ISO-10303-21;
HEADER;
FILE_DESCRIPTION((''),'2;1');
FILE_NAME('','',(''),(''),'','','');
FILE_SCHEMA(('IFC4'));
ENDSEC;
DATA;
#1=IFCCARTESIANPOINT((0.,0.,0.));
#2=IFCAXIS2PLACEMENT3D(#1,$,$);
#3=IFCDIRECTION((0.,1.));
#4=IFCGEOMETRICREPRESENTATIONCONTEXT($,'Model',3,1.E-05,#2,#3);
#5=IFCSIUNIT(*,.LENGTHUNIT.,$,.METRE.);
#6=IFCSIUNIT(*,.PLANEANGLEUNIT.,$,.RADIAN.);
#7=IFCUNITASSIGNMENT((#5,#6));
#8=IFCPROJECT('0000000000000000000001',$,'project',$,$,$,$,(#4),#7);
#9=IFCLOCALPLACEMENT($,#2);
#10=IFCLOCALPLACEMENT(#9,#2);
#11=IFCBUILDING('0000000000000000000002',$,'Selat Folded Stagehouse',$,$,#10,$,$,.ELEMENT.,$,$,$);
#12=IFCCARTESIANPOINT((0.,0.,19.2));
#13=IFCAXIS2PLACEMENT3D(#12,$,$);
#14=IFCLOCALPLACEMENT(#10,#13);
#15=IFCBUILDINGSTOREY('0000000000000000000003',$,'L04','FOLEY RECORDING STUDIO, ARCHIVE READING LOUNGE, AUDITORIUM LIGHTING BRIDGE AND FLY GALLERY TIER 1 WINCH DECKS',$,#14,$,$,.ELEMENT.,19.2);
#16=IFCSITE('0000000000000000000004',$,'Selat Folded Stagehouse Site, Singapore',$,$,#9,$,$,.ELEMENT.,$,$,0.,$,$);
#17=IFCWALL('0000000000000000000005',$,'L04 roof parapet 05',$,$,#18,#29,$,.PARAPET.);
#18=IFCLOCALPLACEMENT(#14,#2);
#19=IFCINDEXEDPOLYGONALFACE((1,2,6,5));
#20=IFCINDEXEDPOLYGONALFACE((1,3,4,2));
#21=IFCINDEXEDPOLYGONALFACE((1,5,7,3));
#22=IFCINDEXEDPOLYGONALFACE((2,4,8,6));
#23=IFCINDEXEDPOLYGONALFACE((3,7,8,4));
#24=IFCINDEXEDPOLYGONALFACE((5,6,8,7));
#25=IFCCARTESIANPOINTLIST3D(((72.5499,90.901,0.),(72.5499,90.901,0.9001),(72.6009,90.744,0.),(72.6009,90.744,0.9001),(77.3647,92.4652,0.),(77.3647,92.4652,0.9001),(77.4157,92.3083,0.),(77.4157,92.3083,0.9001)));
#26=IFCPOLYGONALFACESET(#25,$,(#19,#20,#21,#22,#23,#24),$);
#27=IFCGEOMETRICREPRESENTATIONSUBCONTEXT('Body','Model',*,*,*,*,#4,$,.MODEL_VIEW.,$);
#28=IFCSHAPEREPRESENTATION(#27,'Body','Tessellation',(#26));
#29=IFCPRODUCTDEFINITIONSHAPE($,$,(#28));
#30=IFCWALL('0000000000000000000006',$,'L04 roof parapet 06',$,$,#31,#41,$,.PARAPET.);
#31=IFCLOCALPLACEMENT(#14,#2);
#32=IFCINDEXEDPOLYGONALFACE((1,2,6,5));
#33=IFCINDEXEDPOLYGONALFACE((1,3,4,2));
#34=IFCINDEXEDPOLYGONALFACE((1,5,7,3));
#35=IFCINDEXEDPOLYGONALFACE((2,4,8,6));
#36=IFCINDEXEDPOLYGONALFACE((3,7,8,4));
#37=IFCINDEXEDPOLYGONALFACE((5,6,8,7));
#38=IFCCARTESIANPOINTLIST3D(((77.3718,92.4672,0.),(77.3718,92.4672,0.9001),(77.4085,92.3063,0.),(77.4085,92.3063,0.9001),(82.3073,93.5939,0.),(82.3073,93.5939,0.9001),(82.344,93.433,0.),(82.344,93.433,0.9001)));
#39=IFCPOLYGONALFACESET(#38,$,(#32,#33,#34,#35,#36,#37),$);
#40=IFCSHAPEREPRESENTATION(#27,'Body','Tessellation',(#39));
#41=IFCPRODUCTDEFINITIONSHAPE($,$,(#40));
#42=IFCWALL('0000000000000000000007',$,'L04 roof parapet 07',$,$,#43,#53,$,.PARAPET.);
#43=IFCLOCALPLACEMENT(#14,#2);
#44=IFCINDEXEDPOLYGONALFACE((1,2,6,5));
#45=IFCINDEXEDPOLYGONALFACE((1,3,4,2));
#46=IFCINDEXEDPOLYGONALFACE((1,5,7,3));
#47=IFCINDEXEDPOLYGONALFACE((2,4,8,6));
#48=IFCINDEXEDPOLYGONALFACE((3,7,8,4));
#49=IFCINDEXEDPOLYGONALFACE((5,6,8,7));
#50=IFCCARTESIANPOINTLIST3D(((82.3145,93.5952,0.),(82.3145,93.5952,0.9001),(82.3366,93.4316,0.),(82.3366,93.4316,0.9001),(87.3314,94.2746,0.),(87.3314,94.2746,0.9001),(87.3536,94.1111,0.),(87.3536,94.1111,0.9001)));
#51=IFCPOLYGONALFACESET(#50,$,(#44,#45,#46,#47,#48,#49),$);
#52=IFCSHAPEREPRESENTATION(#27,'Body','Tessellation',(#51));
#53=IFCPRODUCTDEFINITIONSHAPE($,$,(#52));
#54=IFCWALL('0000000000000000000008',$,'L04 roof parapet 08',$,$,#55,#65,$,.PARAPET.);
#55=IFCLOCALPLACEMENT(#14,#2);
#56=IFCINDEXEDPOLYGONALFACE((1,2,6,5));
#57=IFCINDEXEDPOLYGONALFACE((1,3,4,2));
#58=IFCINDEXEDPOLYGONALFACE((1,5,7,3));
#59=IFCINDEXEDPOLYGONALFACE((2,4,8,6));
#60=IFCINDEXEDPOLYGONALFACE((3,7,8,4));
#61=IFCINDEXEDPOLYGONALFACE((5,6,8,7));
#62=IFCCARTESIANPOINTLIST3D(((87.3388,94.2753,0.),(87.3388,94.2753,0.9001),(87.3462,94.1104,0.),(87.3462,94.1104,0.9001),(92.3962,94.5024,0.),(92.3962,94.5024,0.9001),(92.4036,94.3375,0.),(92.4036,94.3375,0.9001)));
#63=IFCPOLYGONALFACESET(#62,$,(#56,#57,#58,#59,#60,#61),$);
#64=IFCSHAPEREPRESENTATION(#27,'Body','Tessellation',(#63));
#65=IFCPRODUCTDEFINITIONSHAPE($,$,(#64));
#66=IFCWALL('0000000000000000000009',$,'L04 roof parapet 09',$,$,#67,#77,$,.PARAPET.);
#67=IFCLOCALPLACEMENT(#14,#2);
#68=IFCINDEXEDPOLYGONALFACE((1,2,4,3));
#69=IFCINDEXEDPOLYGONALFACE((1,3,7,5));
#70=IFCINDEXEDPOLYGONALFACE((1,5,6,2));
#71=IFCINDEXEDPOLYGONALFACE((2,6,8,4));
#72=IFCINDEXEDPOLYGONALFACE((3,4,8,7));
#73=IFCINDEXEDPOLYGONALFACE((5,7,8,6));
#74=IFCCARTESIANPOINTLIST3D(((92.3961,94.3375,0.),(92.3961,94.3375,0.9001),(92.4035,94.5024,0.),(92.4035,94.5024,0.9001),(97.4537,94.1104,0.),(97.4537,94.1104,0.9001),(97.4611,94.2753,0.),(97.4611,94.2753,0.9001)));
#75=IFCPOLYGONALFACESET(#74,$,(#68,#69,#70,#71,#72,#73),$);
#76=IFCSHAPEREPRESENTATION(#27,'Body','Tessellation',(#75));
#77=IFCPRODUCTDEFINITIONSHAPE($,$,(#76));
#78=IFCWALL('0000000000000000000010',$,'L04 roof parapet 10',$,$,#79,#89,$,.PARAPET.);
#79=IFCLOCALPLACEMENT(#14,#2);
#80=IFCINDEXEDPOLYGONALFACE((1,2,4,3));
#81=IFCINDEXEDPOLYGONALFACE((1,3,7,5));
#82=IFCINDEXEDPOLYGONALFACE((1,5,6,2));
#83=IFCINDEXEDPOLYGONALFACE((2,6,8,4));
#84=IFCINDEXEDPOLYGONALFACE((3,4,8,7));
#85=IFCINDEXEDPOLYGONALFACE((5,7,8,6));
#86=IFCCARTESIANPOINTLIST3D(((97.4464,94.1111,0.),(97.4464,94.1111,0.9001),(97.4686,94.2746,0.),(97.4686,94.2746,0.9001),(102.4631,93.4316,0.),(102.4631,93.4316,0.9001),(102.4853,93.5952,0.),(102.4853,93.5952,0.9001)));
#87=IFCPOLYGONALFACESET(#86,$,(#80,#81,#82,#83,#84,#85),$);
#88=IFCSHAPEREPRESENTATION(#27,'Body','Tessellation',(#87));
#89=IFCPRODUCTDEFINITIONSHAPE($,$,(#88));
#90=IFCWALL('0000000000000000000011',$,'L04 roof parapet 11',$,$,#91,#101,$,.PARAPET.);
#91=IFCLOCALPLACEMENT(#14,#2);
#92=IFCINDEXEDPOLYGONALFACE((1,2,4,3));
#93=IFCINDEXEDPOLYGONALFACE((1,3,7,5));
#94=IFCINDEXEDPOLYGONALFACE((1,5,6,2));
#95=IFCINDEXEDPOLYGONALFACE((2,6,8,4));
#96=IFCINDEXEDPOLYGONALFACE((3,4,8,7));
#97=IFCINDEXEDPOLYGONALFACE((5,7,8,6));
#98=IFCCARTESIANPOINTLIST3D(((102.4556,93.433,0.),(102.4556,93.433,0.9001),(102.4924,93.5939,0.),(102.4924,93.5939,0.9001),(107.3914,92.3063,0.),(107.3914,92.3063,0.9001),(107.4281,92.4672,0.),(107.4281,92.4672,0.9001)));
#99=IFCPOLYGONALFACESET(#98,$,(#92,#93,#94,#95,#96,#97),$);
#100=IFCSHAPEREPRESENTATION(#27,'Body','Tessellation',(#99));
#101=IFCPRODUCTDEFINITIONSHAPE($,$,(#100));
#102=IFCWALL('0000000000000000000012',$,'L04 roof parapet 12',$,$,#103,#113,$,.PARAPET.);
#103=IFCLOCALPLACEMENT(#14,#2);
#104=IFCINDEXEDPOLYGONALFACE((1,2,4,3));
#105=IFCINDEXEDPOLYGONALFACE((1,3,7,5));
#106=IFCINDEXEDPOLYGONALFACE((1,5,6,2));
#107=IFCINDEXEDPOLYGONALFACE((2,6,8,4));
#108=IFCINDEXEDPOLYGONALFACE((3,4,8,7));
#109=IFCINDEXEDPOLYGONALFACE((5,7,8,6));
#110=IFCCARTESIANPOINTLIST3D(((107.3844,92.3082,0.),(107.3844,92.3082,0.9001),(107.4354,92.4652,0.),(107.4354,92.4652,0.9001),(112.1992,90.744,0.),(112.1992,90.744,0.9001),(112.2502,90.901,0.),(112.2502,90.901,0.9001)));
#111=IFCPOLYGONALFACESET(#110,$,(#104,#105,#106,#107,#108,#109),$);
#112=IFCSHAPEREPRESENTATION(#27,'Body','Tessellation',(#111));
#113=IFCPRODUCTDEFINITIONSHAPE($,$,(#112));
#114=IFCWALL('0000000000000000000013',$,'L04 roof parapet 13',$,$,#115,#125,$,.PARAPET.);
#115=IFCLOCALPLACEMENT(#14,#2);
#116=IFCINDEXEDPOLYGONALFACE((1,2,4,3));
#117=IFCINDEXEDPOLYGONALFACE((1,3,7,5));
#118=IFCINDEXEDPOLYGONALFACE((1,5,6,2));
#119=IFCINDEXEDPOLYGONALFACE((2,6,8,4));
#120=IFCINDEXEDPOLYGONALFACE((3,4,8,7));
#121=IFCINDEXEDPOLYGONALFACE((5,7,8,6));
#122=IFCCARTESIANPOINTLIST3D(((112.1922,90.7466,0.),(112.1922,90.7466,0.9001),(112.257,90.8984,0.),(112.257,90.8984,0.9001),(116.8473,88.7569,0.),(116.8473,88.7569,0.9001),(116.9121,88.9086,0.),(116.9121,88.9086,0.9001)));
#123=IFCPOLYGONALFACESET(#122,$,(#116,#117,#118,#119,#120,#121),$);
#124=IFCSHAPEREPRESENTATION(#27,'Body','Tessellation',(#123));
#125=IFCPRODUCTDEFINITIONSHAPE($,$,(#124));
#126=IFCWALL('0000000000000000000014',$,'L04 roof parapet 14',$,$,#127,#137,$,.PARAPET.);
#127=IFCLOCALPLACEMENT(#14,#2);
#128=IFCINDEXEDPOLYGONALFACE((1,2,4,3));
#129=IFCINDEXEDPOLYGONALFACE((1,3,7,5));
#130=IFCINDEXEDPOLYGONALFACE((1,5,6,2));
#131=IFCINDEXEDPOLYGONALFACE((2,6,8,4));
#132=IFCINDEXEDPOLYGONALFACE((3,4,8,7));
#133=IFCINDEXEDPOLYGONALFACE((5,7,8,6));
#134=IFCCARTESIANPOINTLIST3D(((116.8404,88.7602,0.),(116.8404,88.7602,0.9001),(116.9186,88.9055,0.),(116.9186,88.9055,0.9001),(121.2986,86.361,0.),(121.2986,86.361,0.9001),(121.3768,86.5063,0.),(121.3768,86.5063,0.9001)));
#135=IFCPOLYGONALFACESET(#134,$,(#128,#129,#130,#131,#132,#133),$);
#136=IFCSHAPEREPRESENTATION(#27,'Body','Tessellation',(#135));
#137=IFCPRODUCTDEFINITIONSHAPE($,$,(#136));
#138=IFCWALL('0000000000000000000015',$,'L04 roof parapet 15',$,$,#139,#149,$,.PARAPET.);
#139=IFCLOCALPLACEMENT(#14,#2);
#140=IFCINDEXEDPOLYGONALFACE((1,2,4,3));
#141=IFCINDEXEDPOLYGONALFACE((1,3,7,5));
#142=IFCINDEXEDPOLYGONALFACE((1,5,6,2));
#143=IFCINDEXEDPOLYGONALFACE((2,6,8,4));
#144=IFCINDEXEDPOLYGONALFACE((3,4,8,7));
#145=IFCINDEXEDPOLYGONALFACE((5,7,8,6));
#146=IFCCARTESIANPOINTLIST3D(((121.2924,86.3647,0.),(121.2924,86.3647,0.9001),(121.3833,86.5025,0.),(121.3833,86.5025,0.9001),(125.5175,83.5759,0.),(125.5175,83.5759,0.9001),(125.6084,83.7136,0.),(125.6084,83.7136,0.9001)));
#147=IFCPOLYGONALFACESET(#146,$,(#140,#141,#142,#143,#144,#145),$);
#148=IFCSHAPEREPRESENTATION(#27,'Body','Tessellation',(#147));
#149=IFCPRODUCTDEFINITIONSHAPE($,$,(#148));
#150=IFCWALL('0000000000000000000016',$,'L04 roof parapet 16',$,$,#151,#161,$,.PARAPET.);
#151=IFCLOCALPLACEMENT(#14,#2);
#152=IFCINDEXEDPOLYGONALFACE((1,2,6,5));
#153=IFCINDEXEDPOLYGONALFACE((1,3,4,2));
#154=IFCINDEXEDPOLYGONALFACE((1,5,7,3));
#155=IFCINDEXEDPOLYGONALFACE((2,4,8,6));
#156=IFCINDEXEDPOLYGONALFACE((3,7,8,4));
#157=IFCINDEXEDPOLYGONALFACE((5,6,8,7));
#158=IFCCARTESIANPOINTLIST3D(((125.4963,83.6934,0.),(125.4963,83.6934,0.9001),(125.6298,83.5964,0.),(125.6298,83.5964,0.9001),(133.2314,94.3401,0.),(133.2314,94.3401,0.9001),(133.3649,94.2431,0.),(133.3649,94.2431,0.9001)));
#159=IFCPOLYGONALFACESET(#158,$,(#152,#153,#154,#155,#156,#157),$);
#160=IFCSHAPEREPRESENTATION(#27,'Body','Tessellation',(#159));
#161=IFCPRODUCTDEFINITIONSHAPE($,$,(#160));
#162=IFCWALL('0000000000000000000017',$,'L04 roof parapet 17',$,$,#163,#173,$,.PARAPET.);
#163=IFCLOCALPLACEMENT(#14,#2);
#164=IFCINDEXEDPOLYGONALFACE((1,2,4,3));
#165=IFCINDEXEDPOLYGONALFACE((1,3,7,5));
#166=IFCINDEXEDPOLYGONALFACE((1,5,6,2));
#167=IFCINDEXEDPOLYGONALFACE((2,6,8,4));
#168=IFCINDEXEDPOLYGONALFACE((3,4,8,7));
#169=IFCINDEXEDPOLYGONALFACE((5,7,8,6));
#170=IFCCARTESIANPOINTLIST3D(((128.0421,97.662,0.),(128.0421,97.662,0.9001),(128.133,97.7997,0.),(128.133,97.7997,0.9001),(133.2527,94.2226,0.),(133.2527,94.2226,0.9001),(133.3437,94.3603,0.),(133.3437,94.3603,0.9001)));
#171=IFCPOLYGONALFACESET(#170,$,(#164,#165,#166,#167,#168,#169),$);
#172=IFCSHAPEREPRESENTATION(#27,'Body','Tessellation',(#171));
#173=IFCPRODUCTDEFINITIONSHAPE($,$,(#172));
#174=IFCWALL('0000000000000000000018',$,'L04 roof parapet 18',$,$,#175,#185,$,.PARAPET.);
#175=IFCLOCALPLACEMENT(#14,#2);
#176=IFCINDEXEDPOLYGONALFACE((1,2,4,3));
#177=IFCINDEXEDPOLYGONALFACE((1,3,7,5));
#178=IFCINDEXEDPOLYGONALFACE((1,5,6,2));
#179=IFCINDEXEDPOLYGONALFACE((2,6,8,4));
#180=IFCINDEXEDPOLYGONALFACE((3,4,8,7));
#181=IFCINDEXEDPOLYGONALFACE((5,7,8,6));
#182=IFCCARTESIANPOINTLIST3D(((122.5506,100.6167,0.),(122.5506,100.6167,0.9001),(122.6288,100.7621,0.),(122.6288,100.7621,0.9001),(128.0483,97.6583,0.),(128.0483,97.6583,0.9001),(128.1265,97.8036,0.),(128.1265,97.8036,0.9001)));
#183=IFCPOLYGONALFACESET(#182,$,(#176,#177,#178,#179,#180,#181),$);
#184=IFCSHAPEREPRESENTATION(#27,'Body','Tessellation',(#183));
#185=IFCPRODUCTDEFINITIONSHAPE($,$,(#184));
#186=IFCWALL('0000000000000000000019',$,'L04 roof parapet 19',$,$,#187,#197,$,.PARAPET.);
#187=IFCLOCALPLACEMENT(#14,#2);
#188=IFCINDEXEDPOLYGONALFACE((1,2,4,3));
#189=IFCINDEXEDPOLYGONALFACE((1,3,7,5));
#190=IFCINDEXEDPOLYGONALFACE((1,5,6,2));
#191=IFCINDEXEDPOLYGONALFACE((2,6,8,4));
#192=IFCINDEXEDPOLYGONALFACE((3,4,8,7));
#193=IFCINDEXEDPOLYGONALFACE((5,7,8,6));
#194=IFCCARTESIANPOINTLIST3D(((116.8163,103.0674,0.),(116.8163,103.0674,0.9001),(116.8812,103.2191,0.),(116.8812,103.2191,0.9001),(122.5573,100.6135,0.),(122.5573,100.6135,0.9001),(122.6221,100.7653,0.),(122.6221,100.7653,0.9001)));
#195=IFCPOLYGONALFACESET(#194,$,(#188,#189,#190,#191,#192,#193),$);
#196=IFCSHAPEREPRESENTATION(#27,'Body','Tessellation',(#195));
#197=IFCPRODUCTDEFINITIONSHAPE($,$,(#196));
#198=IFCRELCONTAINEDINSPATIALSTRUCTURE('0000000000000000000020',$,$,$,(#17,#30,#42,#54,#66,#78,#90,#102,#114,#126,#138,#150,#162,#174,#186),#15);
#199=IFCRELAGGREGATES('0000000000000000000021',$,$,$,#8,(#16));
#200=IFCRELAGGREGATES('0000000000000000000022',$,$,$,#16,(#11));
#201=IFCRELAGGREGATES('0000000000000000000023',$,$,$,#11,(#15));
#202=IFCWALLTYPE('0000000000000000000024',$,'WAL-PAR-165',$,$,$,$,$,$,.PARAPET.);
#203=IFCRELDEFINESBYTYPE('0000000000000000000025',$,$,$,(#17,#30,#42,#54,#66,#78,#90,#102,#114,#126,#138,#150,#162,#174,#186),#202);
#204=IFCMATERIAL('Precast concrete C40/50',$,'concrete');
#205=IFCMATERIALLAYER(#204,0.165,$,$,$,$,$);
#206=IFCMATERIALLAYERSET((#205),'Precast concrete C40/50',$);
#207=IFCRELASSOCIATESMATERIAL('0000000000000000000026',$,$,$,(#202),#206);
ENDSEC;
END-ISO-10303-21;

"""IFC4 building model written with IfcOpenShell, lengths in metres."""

from ifc_helpers import new_model, si_unit, direction, frame, frame_2d, origin, place, context, subcontext, project, spatial, rectangle, extrude, material, layer, layer_set, type_object, element, save


model = new_model("IFC4")

# Units and contexts
model_context = context("Model", 3, precision=1e-05, world=origin(), true_north=direction((0.0, 1.0)))
body_context = subcontext(model_context, "Body", "Model", "MODEL_VIEW")
ifc_project = project(units=[si_unit("LENGTHUNIT", "METRE"), si_unit("PLANEANGLEUNIT", "RADIAN")], contexts=[model_context])

# Site, building, storey
site_placement = place(None, origin())
site = spatial("IfcSite", under=ifc_project, at=site_placement, Name="Selat Folded Stagehouse Site, Singapore", CompositionType="ELEMENT", RefElevation=0.0)
building_placement = place(site_placement, origin())
building = spatial("IfcBuilding", under=site, at=building_placement, Name="Selat Folded Stagehouse", CompositionType="ELEMENT")
storey_placement = place(building_placement, frame((0.0, 0.0, 19.2)))
storey = spatial("IfcBuildingStorey", under=building, at=storey_placement, Name="L04", Description="FOLEY RECORDING STUDIO, ARCHIVE READING LOUNGE, AUDITORIUM LIGHTING BRIDGE AND FLY GALLERY TIER 1 WINCH DECKS", CompositionType="ELEMENT", Elevation=19.2)

# Walls
ifc_material = material(Name="Precast concrete C40/50", Category="concrete")
ifc_layer = layer(ifc_material, 0.165)
ifc_layer_set = layer_set([ifc_layer], Name="Precast concrete C40/50")
wall_type = type_object("IfcWallType", Name="WAL-PAR-165", PredefinedType="PARAPET", material=ifc_layer_set)
for number, where, z_axis, x_axis, name in (
    (1, (72.5754, 90.8225, 0.0), (0.0, 0.0, 1.0), (0.951067, 0.308985, 0.0), "L04 roof parapet 05"),
    (2, (77.3901, 92.3867, 0.0), (0.0, 0.0, 1.0), (0.974919, 0.222559, 0.0), "L04 roof parapet 06"),
):
    element("IfcWall", number, at=place(storey_placement, frame(where, z_axis=z_axis, x_axis=x_axis)), inside=storey, type_object=wall_type, Name=name, PredefinedType="PARAPET", context=body_context, shape_type="SweptSolid", body=[
        extrude(rectangle(XDim=5.0625, YDim=0.165, at=frame_2d((2.5312, 0.0))), origin(), (0.0, 0.0, 1.0), 0.9001),
    ])
wall_1_placement = place(storey_placement, frame((82.3257, 93.5134, 0.0), z_axis=(0.0, 0.0, 1.0), x_axis=(0.990953, 0.134207, 0.0)))
element("IfcWall", 3, at=wall_1_placement, inside=storey, type_object=wall_type, Name="L04 roof parapet 07", PredefinedType="PARAPET", context=body_context, shape_type="SweptSolid", body=[
    extrude(rectangle(XDim=5.0627, YDim=0.165, at=frame_2d((2.5312, 0.0))), origin(), (0.0, 0.0, 1.0), 0.9001),
])
wall_2_placement = place(storey_placement, frame((87.3425, 94.1929, 0.0), z_axis=(0.0, 0.0, 1.0), x_axis=(0.998994, 0.04485, 0.0)))
element("IfcWall", 4, at=wall_2_placement, inside=storey, type_object=wall_type, Name="L04 roof parapet 08", PredefinedType="PARAPET", context=body_context, shape_type="SweptSolid", body=[
    extrude(rectangle(XDim=5.0625, YDim=0.165, at=frame_2d((2.5312, 0.0))), origin(), (0.0, 0.0, 1.0), 0.9001),
])
wall_3_placement = place(storey_placement, frame((92.3999, 94.4199, 0.0), z_axis=(0.0, 0.0, 1.0), x_axis=(0.998994, -0.044848, 0.0)))
element("IfcWall", 5, at=wall_3_placement, inside=storey, type_object=wall_type, Name="L04 roof parapet 09", PredefinedType="PARAPET", context=body_context, shape_type="SweptSolid", body=[
    extrude(rectangle(XDim=5.0627, YDim=0.165, at=frame_2d((2.5312, 0.0))), origin(), (0.0, 0.0, 1.0), 0.9001),
])
wall_4_placement = place(storey_placement, frame((97.4575, 94.1929, 0.0), z_axis=(0.0, 0.0, 1.0), x_axis=(0.990952, -0.134214, 0.0)))
element("IfcWall", 6, at=wall_4_placement, inside=storey, type_object=wall_type, Name="L04 roof parapet 10", PredefinedType="PARAPET", context=body_context, shape_type="SweptSolid", body=[
    extrude(rectangle(XDim=5.0625, YDim=0.165, at=frame_2d((2.5312, 0.0))), origin(), (0.0, 0.0, 1.0), 0.9001),
])
wall_5_placement = place(storey_placement, frame((102.4741, 93.5134, 0.0), z_axis=(0.0, 0.0, 1.0), x_axis=(0.974922, -0.222549, 0.0)))
element("IfcWall", 7, at=wall_5_placement, inside=storey, type_object=wall_type, Name="L04 roof parapet 11", PredefinedType="PARAPET", context=body_context, shape_type="SweptSolid", body=[
    extrude(rectangle(XDim=5.0627, YDim=0.165, at=frame_2d((2.5312, 0.0))), origin(), (0.0, 0.0, 1.0), 0.9001),
])
for number, where, z_axis, x_axis, name in (
    (8, (107.4099, 92.3867, 0.0), (0.0, 0.0, 1.0), (0.951067, -0.308985, 0.0), "L04 roof parapet 12"),
    (9, (112.2246, 90.8225, 0.0), (0.0, 0.0, 1.0), (0.919521, -0.39304, 0.0), "L04 roof parapet 13"),
):
    element("IfcWall", number, at=place(storey_placement, frame(where, z_axis=z_axis, x_axis=x_axis)), inside=storey, type_object=wall_type, Name=name, PredefinedType="PARAPET", context=body_context, shape_type="SweptSolid", body=[
        extrude(rectangle(XDim=5.0625, YDim=0.165, at=frame_2d((2.5312, 0.0))), origin(), (0.0, 0.0, 1.0), 0.9001),
    ])
wall_6_placement = place(storey_placement, frame((116.8796, 88.8328, 0.0), z_axis=(0.0, 0.0, 1.0), x_axis=(0.880589, -0.473881, 0.0)))
element("IfcWall", 10, at=wall_6_placement, inside=storey, type_object=wall_type, Name="L04 roof parapet 14", PredefinedType="PARAPET", context=body_context, shape_type="SweptSolid", body=[
    extrude(rectangle(XDim=5.0627, YDim=0.165, at=frame_2d((2.5312, 0.0))), origin(), (0.0, 0.0, 1.0), 0.9001),
])
wall_7_placement = place(storey_placement, frame((121.3379, 86.4336, 0.0), z_axis=(0.0, 0.0, 1.0), x_axis=(0.834586, -0.550877, 0.0)))
element("IfcWall", 11, at=wall_7_placement, inside=storey, type_object=wall_type, Name="L04 roof parapet 15", PredefinedType="PARAPET", context=body_context, shape_type="SweptSolid", body=[
    extrude(rectangle(XDim=5.0625, YDim=0.165, at=frame_2d((2.5312, 0.0))), origin(), (0.0, 0.0, 1.0), 0.9001),
])
wall_8_placement = place(storey_placement, frame((125.563, 83.6448, 0.0), z_axis=(0.0, 0.0, 1.0), x_axis=(0.587776, 0.809024, 0.0)))
element("IfcWall", 12, at=wall_8_placement, inside=storey, type_object=wall_type, Name="L04 roof parapet 16", PredefinedType="PARAPET", context=body_context, shape_type="SweptSolid", body=[
    extrude(rectangle(XDim=13.1599, YDim=0.165, at=frame_2d((6.5801, 0.0))), origin(), (0.0, 0.0, 1.0), 0.9001),
])
wall_9_placement = place(storey_placement, frame((133.2981, 94.2915, 0.0), z_axis=(0.0, 0.0, 1.0), x_axis=(-0.83458, 0.550886, 0.0)))
element("IfcWall", 13, at=wall_9_placement, inside=storey, type_object=wall_type, Name="L04 roof parapet 17", PredefinedType="PARAPET", context=body_context, shape_type="SweptSolid", body=[
    extrude(rectangle(XDim=6.2434, YDim=0.165, at=frame_2d((3.1216, 0.0))), origin(), (0.0, 0.0, 1.0), 0.9001),
])
wall_10_placement = place(storey_placement, frame((128.0874, 97.731, 0.0), z_axis=(0.0, 0.0, 1.0), x_axis=(-0.880595, 0.473869, 0.0)))
element("IfcWall", 14, at=wall_10_placement, inside=storey, type_object=wall_type, Name="L04 roof parapet 18", PredefinedType="PARAPET", context=body_context, shape_type="SweptSolid", body=[
    extrude(rectangle(XDim=6.2432, YDim=0.165, at=frame_2d((3.1216, 0.0))), origin(), (0.0, 0.0, 1.0), 0.9001),
])
wall_11_placement = place(storey_placement, frame((122.5896, 100.6895, 0.0), z_axis=(0.0, 0.0, 1.0), x_axis=(-0.919525, 0.393032, 0.0)))
element("IfcWall", 15, at=wall_11_placement, inside=storey, type_object=wall_type, Name="L04 roof parapet 19", PredefinedType="PARAPET", context=body_context, shape_type="SweptSolid", body=[
    extrude(rectangle(XDim=6.2434, YDim=0.165, at=frame_2d((3.1216, 0.0))), origin(), (0.0, 0.0, 1.0), 0.9001),
])

save(model, "model.ifc")
